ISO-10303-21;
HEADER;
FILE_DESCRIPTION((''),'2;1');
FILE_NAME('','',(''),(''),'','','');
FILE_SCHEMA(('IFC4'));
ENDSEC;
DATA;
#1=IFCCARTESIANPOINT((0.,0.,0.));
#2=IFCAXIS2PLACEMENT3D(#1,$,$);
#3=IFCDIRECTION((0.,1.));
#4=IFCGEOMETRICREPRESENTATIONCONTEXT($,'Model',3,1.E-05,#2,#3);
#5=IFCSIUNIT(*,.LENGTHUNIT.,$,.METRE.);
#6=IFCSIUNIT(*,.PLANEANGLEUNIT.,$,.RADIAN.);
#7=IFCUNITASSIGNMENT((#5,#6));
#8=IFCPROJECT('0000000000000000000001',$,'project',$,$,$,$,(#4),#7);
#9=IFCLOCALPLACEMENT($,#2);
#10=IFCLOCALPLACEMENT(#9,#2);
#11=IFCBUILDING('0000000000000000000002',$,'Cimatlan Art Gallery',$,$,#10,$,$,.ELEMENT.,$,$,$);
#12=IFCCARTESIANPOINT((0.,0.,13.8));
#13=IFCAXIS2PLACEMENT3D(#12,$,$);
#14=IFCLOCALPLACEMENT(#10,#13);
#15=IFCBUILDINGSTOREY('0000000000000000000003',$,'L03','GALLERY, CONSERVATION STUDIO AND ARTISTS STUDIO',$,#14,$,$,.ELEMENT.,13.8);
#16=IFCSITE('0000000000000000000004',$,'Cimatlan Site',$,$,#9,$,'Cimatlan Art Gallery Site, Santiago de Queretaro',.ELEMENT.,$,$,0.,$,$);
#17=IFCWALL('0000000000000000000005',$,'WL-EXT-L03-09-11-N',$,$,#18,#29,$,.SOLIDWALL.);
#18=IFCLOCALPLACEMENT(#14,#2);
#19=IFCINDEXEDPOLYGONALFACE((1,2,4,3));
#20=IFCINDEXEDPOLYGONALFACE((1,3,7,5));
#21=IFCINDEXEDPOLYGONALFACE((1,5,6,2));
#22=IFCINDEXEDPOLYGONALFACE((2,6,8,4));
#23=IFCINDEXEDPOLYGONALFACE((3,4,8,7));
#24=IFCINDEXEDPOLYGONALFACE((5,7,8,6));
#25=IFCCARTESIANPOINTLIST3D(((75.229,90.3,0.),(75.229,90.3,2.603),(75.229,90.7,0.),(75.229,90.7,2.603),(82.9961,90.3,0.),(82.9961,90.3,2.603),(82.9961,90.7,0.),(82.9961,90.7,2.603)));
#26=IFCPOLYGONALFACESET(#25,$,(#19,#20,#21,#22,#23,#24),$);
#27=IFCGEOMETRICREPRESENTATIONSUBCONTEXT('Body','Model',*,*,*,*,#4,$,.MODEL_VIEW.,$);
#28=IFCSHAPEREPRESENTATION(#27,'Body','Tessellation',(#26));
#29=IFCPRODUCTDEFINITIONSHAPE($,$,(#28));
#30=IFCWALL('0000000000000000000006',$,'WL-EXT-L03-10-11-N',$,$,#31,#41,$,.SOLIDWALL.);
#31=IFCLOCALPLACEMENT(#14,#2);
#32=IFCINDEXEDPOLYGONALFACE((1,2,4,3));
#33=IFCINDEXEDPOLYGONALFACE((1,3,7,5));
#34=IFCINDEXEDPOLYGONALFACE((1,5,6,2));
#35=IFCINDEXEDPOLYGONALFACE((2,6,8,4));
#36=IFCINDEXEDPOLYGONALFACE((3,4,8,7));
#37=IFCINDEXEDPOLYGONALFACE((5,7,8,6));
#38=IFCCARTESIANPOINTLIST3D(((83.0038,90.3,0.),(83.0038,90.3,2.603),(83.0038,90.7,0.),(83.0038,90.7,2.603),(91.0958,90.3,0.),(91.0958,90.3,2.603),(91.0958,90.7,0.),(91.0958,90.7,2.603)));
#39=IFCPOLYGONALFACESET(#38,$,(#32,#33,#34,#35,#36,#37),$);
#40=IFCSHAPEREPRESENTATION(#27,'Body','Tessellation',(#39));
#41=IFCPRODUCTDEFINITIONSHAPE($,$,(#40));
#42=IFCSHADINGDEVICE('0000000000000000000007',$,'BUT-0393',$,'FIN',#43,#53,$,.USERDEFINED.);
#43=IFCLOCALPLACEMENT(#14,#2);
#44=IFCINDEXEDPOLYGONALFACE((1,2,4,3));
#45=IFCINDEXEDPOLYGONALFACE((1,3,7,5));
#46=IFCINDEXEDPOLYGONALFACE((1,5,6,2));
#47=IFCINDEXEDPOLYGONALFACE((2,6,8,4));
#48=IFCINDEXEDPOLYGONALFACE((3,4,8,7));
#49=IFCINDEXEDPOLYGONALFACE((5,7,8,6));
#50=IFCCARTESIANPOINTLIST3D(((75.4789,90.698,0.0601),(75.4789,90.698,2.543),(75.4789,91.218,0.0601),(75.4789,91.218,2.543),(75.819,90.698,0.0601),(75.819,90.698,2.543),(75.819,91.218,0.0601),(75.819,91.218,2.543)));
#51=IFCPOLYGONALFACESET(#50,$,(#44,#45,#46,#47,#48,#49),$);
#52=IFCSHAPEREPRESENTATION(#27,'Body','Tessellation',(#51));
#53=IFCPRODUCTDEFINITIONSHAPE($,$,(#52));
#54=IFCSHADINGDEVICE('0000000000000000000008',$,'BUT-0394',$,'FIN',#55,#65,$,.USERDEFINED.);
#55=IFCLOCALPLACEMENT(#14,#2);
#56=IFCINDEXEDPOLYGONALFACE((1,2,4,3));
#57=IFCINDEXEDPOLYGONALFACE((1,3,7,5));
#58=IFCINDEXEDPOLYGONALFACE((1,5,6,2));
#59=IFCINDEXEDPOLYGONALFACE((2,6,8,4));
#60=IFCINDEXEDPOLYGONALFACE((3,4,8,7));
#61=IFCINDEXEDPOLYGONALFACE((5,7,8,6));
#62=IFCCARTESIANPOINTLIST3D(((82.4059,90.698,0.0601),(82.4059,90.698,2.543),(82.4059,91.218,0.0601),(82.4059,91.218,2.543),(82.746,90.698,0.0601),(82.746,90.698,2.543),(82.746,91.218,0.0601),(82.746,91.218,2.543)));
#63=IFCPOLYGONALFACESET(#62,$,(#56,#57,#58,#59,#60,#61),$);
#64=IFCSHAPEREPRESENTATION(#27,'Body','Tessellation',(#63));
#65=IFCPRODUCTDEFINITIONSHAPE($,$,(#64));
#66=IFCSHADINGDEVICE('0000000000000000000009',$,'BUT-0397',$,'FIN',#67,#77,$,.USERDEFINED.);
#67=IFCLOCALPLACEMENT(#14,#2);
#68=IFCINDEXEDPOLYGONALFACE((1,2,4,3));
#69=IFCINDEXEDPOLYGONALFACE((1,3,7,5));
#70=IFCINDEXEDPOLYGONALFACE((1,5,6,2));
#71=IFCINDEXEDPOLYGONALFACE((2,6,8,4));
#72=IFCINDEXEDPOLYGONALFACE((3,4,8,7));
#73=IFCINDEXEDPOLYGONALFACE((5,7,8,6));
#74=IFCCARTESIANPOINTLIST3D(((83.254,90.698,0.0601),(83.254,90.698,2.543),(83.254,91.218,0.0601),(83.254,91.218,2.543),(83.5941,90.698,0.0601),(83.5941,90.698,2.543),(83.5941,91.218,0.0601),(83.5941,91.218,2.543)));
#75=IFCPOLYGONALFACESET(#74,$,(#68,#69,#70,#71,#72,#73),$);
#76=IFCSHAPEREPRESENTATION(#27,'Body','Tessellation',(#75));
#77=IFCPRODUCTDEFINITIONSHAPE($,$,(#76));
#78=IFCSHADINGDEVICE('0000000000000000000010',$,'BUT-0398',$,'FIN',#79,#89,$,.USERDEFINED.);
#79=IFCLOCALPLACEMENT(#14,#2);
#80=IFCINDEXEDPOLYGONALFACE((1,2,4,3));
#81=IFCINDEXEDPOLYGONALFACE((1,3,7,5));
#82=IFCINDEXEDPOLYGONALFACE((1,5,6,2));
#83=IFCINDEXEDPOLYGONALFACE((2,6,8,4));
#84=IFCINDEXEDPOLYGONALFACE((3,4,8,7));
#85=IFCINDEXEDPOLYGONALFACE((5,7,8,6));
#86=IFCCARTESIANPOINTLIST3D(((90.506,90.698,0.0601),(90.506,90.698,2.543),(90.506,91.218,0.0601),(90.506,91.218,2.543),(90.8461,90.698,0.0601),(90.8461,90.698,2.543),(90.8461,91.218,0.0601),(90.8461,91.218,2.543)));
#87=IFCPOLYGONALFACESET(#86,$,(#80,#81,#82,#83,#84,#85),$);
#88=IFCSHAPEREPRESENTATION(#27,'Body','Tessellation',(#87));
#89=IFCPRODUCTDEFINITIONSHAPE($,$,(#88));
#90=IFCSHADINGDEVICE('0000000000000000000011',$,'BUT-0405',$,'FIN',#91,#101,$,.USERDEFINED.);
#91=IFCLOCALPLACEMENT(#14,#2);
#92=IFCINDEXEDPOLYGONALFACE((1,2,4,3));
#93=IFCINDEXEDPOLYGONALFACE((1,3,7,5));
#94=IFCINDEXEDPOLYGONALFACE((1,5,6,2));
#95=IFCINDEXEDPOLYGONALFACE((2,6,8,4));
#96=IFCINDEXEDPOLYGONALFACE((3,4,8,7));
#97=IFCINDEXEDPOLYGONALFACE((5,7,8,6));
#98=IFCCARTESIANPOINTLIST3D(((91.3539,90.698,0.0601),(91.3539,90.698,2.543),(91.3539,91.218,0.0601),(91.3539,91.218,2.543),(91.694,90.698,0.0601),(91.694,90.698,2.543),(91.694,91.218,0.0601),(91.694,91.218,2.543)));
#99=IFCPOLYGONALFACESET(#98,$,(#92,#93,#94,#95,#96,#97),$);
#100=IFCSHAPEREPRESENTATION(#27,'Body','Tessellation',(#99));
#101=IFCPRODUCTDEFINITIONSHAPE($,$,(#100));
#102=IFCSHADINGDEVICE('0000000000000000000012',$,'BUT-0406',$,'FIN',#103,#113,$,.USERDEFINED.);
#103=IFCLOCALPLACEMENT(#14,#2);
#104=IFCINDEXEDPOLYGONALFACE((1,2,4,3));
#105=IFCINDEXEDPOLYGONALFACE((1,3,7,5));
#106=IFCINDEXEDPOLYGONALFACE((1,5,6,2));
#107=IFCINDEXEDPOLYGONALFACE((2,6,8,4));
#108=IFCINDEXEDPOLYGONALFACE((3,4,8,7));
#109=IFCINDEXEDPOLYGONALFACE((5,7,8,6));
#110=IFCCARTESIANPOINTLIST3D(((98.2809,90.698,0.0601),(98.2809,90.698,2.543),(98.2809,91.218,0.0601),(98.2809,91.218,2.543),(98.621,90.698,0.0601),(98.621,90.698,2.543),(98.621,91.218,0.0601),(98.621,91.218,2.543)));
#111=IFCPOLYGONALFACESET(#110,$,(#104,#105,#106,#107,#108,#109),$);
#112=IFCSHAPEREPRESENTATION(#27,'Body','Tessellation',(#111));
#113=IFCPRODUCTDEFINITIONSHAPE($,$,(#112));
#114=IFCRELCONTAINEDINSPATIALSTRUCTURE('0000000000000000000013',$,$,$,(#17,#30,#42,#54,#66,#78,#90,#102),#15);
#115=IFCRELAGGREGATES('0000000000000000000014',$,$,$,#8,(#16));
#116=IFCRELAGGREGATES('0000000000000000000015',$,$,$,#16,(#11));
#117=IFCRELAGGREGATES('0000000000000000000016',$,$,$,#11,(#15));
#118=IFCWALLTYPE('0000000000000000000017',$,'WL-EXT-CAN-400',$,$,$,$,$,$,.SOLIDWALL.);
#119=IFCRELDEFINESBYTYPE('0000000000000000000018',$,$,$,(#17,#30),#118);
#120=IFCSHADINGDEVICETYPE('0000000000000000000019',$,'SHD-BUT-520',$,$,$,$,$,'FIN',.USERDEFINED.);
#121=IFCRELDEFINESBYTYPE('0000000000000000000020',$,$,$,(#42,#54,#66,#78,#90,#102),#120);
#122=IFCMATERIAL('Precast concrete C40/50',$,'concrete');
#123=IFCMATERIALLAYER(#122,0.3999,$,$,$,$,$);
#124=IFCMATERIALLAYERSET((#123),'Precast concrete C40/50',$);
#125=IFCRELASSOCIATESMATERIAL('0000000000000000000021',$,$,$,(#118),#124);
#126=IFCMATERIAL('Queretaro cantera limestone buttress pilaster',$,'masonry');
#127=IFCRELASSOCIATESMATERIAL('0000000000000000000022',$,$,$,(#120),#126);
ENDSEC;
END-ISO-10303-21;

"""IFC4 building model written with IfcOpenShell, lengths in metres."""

from ifc_helpers import new_model, si_unit, direction, frame, frame_2d, origin, origin_2d, place, context, subcontext, project, spatial, rectangle, extrude, material, layer, layer_set, type_object, element, save


model = new_model("IFC4")

# Units and contexts
model_context = context("Model", 3, precision=1e-05, world=origin(), true_north=direction((0.0, 1.0)))
body_context = subcontext(model_context, "Body", "Model", "MODEL_VIEW")
ifc_project = project(units=[si_unit("LENGTHUNIT", "METRE"), si_unit("PLANEANGLEUNIT", "RADIAN")], contexts=[model_context])

# Site, building, storey
site_placement = place(None, origin())
site = spatial("IfcSite", under=ifc_project, at=site_placement, Name="Cimatlan Site", LongName="Cimatlan Art Gallery Site, Santiago de Queretaro", CompositionType="ELEMENT", RefElevation=0.0)
building_placement = place(site_placement, origin())
building = spatial("IfcBuilding", under=site, at=building_placement, Name="Cimatlan Art Gallery", CompositionType="ELEMENT")
storey_placement = place(building_placement, frame((0.0, 0.0, 13.8)))
storey = spatial("IfcBuildingStorey", under=building, at=storey_placement, Name="L03", Description="GALLERY, CONSERVATION STUDIO AND ARTISTS STUDIO", CompositionType="ELEMENT", Elevation=13.8)

# Walls
ifc_material_1 = material(Name="Precast concrete C40/50", Category="concrete")
ifc_layer_1 = layer(ifc_material_1, 0.3999)
ifc_layer_set_1 = layer_set([ifc_layer_1], Name="Precast concrete C40/50")
wall_type_1 = type_object("IfcWallType", Name="WL-EXT-CAN-400", PredefinedType="SOLIDWALL", material=ifc_layer_set_1)
wall_1_placement = place(storey_placement, frame((75.229, 90.5, 0.0), z_axis=(0.0, 0.0, 1.0), x_axis=(1.0, 0.0, 0.0)))
element("IfcWall", 1, at=wall_1_placement, inside=storey, type_object=wall_type_1, Name="WL-EXT-L03-09-11-N", PredefinedType="SOLIDWALL", context=body_context, shape_type="SweptSolid", body=[
    extrude(rectangle(XDim=7.7671, YDim=0.3999, at=frame_2d((3.8835, 0.0))), origin(), (0.0, 0.0, 1.0), 2.603),
])
wall_2_placement = place(storey_placement, frame((83.0039, 90.5, 0.0), z_axis=(0.0, 0.0, 1.0), x_axis=(1.0, 0.0, 0.0)))
element("IfcWall", 2, at=wall_2_placement, inside=storey, type_object=wall_type_1, Name="WL-EXT-L03-10-11-N", PredefinedType="SOLIDWALL", context=body_context, shape_type="SweptSolid", body=[
    extrude(rectangle(XDim=8.092, YDim=0.3999, at=frame_2d((4.0459, 0.0))), origin(), (0.0, 0.0, 1.0), 2.603),
])

# Shading devices
ifc_material_2 = material(Name="Queretaro cantera limestone buttress pilaster", Category="masonry")
shading_device_type = type_object("IfcShadingDeviceType", Name="SHD-BUT-520", ElementType="FIN", PredefinedType="USERDEFINED", material=ifc_material_2)
for number, where, z_axis, x_axis, name in (
    (3, (75.6489, 90.958, 0.0601), (0.0, 0.0, 1.0), (1.0, 0.0, 0.0), "BUT-0393"),
    (4, (82.5759, 90.958, 0.0601), (0.0, 0.0, 1.0), (1.0, 0.0, 0.0), "BUT-0394"),
    (5, (83.4241, 90.958, 0.0601), (0.0, 0.0, 1.0), (1.0, 0.0, 0.0), "BUT-0397"),
    (6, (90.676, 90.958, 0.0601), (0.0, 0.0, 1.0), (1.0, 0.0, 0.0), "BUT-0398"),
    (7, (91.5239, 90.958, 0.0601), (0.0, 0.0, 1.0), (1.0, 0.0, 0.0), "BUT-0405"),
    (8, (98.4509, 90.958, 0.0601), (0.0, 0.0, 1.0), (1.0, 0.0, 0.0), "BUT-0406"),
):
    element("IfcShadingDevice", number, at=place(storey_placement, frame(where, z_axis=z_axis, x_axis=x_axis)), inside=storey, type_object=shading_device_type, Name=name, ObjectType="FIN", PredefinedType="USERDEFINED", context=body_context, shape_type="SweptSolid", body=[
        extrude(rectangle(XDim=0.3401, YDim=0.52, at=origin_2d()), origin(), (0.0, 0.0, 1.0), 2.4829),
    ])

save(model, "model.ifc")
